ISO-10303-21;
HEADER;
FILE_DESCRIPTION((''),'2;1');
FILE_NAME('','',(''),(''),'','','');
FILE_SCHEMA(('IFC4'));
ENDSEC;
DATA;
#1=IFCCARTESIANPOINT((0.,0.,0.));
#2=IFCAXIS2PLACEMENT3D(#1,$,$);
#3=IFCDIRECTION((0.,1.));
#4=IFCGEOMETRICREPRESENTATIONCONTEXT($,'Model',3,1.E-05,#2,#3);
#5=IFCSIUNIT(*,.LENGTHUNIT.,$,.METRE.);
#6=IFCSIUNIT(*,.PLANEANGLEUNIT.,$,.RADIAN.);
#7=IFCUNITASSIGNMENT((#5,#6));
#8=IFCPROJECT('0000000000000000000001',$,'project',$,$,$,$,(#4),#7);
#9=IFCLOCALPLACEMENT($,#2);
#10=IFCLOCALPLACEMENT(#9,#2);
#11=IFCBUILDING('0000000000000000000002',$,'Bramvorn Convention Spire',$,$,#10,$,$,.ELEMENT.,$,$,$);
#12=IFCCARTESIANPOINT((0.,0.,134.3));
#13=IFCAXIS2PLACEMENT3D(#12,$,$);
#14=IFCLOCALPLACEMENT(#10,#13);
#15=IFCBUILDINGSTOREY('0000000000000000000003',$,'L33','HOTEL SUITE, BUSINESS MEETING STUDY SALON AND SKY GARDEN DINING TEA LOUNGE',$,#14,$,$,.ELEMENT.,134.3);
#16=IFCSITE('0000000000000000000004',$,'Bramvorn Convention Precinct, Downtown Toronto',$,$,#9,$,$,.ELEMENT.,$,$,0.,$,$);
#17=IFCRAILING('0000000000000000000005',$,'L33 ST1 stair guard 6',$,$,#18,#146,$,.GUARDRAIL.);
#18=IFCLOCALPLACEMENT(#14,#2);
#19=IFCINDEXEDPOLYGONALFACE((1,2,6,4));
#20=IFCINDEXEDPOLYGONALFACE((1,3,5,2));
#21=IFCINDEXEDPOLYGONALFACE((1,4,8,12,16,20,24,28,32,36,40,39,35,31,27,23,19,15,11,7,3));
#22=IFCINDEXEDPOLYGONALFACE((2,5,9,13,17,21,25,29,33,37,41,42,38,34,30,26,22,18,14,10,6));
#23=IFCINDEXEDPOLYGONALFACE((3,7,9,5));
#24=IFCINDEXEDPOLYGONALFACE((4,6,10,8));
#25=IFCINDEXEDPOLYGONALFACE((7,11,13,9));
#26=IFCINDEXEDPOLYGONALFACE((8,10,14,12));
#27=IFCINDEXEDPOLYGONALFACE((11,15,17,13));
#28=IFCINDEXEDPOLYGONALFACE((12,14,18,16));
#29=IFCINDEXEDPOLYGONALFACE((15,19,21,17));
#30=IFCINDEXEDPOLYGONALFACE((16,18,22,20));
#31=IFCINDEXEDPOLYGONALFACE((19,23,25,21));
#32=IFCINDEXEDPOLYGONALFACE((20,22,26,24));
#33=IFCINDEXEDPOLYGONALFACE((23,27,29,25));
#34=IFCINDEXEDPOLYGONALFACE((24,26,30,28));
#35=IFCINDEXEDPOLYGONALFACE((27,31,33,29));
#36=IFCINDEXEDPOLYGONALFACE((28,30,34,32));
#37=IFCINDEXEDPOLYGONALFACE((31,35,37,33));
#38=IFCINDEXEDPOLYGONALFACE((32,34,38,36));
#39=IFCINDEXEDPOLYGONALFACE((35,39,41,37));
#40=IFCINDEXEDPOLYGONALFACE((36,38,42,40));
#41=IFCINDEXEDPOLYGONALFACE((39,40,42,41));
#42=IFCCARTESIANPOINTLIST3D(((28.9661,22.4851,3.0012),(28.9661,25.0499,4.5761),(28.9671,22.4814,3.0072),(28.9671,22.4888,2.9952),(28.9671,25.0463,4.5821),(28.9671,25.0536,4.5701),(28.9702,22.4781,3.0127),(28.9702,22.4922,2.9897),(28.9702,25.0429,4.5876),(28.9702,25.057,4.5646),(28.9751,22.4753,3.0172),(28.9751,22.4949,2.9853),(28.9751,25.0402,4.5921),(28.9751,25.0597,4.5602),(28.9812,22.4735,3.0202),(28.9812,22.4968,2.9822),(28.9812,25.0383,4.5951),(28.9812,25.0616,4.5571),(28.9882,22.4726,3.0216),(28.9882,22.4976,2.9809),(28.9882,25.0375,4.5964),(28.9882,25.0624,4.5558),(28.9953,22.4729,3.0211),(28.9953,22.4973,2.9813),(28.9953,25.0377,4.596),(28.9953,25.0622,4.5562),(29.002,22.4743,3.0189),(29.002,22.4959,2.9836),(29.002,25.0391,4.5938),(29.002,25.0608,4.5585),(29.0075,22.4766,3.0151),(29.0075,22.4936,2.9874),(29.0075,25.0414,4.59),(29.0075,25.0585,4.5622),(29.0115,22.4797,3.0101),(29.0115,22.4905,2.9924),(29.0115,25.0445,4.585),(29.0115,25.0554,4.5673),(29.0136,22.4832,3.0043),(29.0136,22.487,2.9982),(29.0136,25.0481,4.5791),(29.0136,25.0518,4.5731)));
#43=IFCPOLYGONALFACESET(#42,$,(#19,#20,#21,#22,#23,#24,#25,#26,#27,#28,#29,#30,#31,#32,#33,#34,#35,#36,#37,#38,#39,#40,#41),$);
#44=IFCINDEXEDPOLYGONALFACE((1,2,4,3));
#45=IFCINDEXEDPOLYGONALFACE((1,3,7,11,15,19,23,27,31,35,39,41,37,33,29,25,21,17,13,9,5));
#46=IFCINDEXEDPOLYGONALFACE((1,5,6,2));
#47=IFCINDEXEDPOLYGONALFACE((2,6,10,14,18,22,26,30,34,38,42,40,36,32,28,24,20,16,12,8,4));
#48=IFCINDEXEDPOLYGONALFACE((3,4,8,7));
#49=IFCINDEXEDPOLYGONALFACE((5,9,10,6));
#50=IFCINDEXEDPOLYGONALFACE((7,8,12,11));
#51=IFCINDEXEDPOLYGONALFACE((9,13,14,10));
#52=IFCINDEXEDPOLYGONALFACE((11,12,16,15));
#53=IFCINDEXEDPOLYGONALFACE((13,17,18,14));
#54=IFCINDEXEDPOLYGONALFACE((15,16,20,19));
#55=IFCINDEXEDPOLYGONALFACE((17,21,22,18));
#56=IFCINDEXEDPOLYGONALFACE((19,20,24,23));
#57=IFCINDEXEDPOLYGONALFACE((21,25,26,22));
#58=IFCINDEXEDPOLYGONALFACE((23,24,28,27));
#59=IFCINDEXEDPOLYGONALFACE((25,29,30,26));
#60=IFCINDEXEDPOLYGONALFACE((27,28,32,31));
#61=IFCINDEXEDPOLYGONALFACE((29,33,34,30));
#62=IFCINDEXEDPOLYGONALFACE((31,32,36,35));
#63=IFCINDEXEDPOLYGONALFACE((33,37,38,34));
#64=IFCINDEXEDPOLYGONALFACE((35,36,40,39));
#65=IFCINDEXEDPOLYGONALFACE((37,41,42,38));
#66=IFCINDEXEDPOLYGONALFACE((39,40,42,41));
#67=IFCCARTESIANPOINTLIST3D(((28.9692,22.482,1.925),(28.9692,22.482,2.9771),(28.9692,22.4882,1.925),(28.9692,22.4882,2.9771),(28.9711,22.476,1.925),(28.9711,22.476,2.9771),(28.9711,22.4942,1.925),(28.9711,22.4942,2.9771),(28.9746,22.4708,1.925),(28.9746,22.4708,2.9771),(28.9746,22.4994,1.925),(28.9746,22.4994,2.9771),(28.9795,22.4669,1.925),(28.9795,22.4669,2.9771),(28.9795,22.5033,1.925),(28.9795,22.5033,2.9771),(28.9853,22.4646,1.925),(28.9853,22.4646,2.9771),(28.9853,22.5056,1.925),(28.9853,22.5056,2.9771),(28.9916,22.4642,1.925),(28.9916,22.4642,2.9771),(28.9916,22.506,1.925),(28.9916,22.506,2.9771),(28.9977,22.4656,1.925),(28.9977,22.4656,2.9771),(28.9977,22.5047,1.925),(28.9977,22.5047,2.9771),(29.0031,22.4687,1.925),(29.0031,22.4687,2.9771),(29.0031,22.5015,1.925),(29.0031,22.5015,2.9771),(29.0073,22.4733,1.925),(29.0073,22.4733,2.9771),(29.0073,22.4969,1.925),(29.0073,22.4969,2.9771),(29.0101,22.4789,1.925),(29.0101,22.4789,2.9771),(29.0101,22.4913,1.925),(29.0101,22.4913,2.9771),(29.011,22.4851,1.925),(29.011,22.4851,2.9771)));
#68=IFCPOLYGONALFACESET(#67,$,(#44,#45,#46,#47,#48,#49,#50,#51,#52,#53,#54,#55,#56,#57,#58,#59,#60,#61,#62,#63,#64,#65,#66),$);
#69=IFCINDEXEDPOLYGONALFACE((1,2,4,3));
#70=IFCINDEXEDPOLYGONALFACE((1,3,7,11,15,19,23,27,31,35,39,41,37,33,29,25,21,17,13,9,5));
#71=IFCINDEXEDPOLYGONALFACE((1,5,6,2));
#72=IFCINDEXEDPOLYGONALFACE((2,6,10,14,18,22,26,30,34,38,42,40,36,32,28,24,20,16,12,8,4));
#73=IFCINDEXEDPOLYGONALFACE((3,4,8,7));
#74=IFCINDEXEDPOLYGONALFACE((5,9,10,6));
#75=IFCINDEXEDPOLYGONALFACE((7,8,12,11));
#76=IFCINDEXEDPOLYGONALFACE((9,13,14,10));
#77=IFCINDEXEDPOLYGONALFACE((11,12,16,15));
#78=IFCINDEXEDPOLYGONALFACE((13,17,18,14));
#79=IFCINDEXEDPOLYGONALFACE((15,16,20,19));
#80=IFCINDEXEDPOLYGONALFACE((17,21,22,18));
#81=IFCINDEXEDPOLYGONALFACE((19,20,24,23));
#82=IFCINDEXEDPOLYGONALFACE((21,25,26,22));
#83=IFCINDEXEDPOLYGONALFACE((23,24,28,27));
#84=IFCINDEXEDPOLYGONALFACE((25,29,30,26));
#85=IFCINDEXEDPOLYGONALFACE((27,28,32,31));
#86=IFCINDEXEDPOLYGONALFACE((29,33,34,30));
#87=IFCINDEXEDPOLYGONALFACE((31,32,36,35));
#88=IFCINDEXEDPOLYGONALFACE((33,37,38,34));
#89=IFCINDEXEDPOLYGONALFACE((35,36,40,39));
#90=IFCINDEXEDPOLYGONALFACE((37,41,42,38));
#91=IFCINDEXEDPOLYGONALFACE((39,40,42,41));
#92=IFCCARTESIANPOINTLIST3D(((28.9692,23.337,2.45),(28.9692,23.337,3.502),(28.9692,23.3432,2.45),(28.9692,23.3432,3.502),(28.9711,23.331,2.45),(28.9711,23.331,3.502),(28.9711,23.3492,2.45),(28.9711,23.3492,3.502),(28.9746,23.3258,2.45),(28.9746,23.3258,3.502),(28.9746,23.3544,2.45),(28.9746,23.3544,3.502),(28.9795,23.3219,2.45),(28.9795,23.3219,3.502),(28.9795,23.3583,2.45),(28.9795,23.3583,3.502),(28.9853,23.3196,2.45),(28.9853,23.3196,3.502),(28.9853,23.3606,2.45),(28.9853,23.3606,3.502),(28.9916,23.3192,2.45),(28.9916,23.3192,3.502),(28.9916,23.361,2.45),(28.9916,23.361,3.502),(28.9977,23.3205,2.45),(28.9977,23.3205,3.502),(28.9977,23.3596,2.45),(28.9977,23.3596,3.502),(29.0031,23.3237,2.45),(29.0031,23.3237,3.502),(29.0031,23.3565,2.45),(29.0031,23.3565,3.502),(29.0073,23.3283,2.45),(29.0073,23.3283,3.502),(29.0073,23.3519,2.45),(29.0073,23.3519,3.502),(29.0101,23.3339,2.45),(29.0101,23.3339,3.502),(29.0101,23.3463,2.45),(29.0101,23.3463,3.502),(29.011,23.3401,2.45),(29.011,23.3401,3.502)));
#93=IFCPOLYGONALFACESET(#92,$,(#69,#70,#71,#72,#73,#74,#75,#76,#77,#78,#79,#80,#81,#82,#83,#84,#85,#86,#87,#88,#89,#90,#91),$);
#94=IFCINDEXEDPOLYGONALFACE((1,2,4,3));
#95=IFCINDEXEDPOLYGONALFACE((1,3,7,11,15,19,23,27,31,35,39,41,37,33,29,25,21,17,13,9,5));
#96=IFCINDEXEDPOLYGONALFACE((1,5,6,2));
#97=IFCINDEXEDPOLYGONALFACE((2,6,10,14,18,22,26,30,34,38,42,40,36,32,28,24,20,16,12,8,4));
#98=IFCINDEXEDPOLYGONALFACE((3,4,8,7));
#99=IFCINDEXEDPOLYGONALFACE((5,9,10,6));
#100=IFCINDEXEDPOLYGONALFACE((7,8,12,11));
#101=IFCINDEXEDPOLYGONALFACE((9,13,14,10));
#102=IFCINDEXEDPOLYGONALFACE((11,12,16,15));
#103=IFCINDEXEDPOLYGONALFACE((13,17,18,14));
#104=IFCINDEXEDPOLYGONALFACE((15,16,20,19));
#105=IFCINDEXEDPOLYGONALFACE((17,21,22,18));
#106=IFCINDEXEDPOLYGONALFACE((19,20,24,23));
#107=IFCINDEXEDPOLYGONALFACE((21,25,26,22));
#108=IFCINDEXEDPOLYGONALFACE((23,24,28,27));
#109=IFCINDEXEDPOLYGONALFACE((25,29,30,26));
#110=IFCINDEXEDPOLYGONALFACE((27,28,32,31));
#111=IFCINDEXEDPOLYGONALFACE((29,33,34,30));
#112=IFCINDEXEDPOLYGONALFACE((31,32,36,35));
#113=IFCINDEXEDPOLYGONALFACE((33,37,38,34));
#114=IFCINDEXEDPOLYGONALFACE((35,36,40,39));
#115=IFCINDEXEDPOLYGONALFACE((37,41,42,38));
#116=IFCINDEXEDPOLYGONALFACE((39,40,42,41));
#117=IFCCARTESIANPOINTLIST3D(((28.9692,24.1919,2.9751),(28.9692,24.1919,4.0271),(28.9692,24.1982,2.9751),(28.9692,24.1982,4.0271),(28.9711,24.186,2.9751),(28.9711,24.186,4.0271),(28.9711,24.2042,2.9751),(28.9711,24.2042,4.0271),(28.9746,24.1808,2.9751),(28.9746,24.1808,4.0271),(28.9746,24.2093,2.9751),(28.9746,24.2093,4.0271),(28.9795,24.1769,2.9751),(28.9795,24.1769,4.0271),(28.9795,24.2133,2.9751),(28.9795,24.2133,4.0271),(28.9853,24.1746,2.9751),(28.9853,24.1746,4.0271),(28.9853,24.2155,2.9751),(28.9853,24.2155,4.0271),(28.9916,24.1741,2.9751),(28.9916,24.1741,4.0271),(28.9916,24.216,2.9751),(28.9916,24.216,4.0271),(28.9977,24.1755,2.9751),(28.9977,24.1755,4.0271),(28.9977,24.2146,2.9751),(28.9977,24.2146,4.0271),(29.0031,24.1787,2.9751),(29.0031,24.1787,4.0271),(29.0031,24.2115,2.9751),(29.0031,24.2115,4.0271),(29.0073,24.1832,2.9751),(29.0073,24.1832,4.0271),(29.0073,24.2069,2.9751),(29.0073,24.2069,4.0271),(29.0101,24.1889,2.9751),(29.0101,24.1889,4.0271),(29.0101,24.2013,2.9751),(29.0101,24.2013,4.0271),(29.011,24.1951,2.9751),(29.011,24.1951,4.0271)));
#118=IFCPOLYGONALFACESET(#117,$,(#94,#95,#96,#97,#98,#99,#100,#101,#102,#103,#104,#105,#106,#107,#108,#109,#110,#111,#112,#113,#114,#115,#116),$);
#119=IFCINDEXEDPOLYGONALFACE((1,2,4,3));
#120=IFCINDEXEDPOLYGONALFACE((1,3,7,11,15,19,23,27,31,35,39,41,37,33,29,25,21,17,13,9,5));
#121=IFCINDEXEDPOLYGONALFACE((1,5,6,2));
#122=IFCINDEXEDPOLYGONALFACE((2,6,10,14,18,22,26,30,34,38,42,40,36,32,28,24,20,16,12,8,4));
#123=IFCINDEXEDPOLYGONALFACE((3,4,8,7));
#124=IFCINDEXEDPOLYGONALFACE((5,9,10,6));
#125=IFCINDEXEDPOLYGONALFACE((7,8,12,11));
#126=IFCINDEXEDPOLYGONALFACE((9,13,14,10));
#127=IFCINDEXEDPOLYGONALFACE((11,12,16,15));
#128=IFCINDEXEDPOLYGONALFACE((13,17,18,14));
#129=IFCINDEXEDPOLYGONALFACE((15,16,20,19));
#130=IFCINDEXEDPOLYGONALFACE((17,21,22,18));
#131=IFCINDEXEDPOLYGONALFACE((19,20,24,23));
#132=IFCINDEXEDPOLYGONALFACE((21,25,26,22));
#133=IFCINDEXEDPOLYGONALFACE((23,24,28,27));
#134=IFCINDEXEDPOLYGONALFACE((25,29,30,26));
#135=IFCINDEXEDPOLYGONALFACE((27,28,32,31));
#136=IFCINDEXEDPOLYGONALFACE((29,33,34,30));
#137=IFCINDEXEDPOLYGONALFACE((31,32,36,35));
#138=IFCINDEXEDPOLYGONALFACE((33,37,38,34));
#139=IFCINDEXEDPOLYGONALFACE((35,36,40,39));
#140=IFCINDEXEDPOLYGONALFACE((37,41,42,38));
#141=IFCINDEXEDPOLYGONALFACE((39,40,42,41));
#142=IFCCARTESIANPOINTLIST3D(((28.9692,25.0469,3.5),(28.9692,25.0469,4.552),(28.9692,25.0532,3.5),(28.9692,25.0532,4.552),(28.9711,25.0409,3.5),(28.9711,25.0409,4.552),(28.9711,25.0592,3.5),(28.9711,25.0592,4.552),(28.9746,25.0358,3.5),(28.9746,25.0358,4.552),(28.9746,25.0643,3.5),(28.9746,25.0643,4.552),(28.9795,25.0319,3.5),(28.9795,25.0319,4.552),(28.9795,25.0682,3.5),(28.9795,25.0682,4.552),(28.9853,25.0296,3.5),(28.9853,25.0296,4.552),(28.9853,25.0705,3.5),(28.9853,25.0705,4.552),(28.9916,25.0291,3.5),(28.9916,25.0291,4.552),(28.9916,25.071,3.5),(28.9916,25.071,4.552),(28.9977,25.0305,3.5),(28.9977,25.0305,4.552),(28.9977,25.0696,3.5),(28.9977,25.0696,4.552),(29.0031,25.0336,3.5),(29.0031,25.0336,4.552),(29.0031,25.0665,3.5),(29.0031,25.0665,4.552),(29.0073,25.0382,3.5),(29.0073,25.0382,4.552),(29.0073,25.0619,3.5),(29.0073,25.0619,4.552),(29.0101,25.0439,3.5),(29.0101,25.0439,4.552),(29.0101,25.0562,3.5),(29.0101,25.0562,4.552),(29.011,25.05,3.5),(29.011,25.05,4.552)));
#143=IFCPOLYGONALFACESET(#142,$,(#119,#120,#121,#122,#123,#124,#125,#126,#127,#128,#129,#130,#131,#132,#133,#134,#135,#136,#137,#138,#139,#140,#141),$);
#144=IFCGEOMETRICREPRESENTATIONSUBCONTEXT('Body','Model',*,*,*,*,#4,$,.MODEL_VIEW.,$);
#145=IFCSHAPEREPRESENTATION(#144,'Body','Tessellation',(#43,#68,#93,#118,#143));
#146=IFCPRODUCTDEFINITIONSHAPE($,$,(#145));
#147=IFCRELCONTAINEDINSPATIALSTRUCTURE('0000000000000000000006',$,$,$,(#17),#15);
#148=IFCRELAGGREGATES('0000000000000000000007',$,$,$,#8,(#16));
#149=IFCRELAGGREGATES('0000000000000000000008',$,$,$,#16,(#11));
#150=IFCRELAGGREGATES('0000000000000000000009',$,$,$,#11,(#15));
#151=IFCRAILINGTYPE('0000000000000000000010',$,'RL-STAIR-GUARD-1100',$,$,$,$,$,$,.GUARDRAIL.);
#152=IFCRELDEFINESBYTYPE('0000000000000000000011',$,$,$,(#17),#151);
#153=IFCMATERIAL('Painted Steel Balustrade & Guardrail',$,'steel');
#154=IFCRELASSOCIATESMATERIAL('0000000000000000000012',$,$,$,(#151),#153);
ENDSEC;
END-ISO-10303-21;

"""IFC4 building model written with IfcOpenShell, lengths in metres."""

from ifc_helpers import new_model, si_unit, direction, frame, origin, origin_2d, place, context, subcontext, project, spatial, circle, extrude, material, type_object, element, save


model = new_model("IFC4")

# Units and contexts
model_context = context("Model", 3, precision=1e-05, world=origin(), true_north=direction((0.0, 1.0)))
body_context = subcontext(model_context, "Body", "Model", "MODEL_VIEW")
ifc_project = project(units=[si_unit("LENGTHUNIT", "METRE"), si_unit("PLANEANGLEUNIT", "RADIAN")], contexts=[model_context])

# Site, building, storey
site_placement = place(None, origin())
site = spatial("IfcSite", under=ifc_project, at=site_placement, Name="Bramvorn Convention Precinct, Downtown Toronto", CompositionType="ELEMENT", RefElevation=0.0)
building_placement = place(site_placement, origin())
building = spatial("IfcBuilding", under=site, at=building_placement, Name="Bramvorn Convention Spire", CompositionType="ELEMENT")
storey_placement = place(building_placement, frame((0.0, 0.0, 134.3)))
storey = spatial("IfcBuildingStorey", under=building, at=storey_placement, Name="L33", Description="HOTEL SUITE, BUSINESS MEETING STUDY SALON AND SKY GARDEN DINING TEA LOUNGE", CompositionType="ELEMENT", Elevation=134.3)

# Railing
ifc_material_1 = material(Name="Painted Steel Balustrade & Guardrail", Category="steel")
railing_type = type_object("IfcRailingType", Name="RL-STAIR-GUARD-1100", PredefinedType="GUARDRAIL", material=ifc_material_1)
railing_1_placement = place(storey_placement, frame((28.99, 22.4851, 1.925)))
element("IfcRailing", 1, at=railing_1_placement, inside=storey, type_object=railing_type, Name="L33 ST1 stair guard 6", PredefinedType="GUARDRAIL", context=body_context, shape_type="SweptSolid", body=[
    extrude(circle(Radius=0.0239, at=origin_2d()), frame((0.0, 0.0, 1.0762), z_axis=(0.0, 0.852173, 0.52326), x_axis=(-1.0, 0.0, 0.0)), (0.0, 0.0, 1.0), 3.0098),
    extrude(circle(Radius=0.021, at=origin_2d()), origin(), (0.0, 0.0, 1.0), 1.052),
    extrude(circle(Radius=0.021, at=origin_2d()), frame((0.0, 0.855, 0.5249)), (0.0, 0.0, 1.0), 1.052),
    extrude(circle(Radius=0.021, at=origin_2d()), frame((0.0, 1.71, 1.05)), (0.0, 0.0, 1.0), 1.052),
    extrude(circle(Radius=0.021, at=origin_2d()), frame((0.0, 2.5649, 1.575)), (0.0, 0.0, 1.0), 1.052),
])

save(model, "model.ifc")
